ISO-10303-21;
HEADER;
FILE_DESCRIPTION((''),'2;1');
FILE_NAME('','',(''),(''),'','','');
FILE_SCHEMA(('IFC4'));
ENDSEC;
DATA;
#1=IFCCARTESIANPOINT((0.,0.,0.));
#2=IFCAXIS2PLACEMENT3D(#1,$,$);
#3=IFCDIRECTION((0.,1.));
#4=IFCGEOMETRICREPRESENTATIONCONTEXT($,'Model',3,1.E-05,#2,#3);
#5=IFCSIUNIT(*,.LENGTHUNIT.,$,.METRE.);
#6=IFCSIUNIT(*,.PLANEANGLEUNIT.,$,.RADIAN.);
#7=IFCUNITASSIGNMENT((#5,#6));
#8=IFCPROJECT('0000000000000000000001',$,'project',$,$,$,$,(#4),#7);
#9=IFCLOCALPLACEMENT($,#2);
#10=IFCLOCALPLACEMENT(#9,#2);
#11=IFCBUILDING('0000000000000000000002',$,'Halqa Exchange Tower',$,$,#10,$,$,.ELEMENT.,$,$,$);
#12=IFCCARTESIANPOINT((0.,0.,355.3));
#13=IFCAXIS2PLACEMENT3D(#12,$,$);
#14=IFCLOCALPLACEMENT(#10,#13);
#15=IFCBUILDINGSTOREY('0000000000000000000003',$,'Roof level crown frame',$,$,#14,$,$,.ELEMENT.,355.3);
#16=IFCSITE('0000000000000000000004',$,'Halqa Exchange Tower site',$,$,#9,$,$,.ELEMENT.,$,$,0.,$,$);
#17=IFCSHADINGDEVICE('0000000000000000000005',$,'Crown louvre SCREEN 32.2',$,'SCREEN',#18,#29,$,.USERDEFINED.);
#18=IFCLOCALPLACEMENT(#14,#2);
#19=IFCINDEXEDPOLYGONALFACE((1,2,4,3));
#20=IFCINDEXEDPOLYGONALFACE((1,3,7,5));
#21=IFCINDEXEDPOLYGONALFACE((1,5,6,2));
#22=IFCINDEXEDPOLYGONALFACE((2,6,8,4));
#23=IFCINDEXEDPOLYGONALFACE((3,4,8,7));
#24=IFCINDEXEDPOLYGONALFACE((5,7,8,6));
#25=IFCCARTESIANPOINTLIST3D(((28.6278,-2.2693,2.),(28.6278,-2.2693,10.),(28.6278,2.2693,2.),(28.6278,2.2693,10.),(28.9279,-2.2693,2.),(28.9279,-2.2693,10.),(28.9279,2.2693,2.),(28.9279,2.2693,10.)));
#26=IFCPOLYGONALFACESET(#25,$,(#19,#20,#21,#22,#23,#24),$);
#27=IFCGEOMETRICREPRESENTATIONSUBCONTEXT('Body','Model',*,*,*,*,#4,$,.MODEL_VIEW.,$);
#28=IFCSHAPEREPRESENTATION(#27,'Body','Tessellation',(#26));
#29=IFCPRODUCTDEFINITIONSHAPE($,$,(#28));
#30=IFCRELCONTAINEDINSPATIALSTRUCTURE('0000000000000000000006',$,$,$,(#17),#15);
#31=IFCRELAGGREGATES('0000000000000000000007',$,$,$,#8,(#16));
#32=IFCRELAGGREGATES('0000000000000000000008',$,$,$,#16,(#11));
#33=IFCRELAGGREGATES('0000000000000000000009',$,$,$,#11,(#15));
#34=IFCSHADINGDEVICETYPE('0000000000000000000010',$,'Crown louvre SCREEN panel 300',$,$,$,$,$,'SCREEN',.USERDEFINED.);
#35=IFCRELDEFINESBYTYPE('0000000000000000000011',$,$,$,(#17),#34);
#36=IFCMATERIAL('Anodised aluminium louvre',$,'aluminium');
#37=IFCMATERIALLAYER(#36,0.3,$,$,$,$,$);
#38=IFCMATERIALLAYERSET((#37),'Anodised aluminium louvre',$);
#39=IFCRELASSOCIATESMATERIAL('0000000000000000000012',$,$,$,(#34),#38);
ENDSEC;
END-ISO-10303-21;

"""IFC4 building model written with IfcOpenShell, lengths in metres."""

from ifc_helpers import new_model, si_unit, direction, frame, origin, origin_2d, place, context, subcontext, project, spatial, rectangle, extrude, material, layer, layer_set, type_object, element, save


model = new_model("IFC4")

# Units and contexts
model_context = context("Model", 3, precision=1e-05, world=origin(), true_north=direction((0.0, 1.0)))
body_context = subcontext(model_context, "Body", "Model", "MODEL_VIEW")
ifc_project = project(units=[si_unit("LENGTHUNIT", "METRE"), si_unit("PLANEANGLEUNIT", "RADIAN")], contexts=[model_context])

# Site, building, storey
site_placement = place(None, origin())
site = spatial("IfcSite", under=ifc_project, at=site_placement, Name="Halqa Exchange Tower site", CompositionType="ELEMENT", RefElevation=0.0)
building_placement = place(site_placement, origin())
building = spatial("IfcBuilding", under=site, at=building_placement, Name="Halqa Exchange Tower", CompositionType="ELEMENT")
storey_placement = place(building_placement, frame((0.0, 0.0, 355.3)))
storey = spatial("IfcBuildingStorey", under=building, at=storey_placement, Name="Roof level crown frame", CompositionType="ELEMENT", Elevation=355.3)

# Shading device
ifc_material_1 = material(Name="Anodised aluminium louvre", Category="aluminium")
ifc_layer = layer(ifc_material_1, 0.3)
ifc_layer_set = layer_set([ifc_layer], Name="Anodised aluminium louvre")
shading_device_type = type_object("IfcShadingDeviceType", Name="Crown louvre SCREEN panel 300", ElementType="SCREEN", PredefinedType="USERDEFINED", material=ifc_layer_set)
shading_device_1_placement = place(storey_placement, frame((28.7778, 0.0, 2.0), z_axis=(0.0, 0.0, 1.0), x_axis=(0.0, 1.0, 0.0)))
element("IfcShadingDevice", 1, at=shading_device_1_placement, inside=storey, type_object=shading_device_type, Name="Crown louvre SCREEN 32.2", ObjectType="SCREEN", PredefinedType="USERDEFINED", context=body_context, shape_type="SweptSolid", body=[
    extrude(rectangle(XDim=4.5386, YDim=0.3, at=origin_2d()), origin(), (0.0, 0.0, 1.0), 8.0),
])

save(model, "model.ifc")
